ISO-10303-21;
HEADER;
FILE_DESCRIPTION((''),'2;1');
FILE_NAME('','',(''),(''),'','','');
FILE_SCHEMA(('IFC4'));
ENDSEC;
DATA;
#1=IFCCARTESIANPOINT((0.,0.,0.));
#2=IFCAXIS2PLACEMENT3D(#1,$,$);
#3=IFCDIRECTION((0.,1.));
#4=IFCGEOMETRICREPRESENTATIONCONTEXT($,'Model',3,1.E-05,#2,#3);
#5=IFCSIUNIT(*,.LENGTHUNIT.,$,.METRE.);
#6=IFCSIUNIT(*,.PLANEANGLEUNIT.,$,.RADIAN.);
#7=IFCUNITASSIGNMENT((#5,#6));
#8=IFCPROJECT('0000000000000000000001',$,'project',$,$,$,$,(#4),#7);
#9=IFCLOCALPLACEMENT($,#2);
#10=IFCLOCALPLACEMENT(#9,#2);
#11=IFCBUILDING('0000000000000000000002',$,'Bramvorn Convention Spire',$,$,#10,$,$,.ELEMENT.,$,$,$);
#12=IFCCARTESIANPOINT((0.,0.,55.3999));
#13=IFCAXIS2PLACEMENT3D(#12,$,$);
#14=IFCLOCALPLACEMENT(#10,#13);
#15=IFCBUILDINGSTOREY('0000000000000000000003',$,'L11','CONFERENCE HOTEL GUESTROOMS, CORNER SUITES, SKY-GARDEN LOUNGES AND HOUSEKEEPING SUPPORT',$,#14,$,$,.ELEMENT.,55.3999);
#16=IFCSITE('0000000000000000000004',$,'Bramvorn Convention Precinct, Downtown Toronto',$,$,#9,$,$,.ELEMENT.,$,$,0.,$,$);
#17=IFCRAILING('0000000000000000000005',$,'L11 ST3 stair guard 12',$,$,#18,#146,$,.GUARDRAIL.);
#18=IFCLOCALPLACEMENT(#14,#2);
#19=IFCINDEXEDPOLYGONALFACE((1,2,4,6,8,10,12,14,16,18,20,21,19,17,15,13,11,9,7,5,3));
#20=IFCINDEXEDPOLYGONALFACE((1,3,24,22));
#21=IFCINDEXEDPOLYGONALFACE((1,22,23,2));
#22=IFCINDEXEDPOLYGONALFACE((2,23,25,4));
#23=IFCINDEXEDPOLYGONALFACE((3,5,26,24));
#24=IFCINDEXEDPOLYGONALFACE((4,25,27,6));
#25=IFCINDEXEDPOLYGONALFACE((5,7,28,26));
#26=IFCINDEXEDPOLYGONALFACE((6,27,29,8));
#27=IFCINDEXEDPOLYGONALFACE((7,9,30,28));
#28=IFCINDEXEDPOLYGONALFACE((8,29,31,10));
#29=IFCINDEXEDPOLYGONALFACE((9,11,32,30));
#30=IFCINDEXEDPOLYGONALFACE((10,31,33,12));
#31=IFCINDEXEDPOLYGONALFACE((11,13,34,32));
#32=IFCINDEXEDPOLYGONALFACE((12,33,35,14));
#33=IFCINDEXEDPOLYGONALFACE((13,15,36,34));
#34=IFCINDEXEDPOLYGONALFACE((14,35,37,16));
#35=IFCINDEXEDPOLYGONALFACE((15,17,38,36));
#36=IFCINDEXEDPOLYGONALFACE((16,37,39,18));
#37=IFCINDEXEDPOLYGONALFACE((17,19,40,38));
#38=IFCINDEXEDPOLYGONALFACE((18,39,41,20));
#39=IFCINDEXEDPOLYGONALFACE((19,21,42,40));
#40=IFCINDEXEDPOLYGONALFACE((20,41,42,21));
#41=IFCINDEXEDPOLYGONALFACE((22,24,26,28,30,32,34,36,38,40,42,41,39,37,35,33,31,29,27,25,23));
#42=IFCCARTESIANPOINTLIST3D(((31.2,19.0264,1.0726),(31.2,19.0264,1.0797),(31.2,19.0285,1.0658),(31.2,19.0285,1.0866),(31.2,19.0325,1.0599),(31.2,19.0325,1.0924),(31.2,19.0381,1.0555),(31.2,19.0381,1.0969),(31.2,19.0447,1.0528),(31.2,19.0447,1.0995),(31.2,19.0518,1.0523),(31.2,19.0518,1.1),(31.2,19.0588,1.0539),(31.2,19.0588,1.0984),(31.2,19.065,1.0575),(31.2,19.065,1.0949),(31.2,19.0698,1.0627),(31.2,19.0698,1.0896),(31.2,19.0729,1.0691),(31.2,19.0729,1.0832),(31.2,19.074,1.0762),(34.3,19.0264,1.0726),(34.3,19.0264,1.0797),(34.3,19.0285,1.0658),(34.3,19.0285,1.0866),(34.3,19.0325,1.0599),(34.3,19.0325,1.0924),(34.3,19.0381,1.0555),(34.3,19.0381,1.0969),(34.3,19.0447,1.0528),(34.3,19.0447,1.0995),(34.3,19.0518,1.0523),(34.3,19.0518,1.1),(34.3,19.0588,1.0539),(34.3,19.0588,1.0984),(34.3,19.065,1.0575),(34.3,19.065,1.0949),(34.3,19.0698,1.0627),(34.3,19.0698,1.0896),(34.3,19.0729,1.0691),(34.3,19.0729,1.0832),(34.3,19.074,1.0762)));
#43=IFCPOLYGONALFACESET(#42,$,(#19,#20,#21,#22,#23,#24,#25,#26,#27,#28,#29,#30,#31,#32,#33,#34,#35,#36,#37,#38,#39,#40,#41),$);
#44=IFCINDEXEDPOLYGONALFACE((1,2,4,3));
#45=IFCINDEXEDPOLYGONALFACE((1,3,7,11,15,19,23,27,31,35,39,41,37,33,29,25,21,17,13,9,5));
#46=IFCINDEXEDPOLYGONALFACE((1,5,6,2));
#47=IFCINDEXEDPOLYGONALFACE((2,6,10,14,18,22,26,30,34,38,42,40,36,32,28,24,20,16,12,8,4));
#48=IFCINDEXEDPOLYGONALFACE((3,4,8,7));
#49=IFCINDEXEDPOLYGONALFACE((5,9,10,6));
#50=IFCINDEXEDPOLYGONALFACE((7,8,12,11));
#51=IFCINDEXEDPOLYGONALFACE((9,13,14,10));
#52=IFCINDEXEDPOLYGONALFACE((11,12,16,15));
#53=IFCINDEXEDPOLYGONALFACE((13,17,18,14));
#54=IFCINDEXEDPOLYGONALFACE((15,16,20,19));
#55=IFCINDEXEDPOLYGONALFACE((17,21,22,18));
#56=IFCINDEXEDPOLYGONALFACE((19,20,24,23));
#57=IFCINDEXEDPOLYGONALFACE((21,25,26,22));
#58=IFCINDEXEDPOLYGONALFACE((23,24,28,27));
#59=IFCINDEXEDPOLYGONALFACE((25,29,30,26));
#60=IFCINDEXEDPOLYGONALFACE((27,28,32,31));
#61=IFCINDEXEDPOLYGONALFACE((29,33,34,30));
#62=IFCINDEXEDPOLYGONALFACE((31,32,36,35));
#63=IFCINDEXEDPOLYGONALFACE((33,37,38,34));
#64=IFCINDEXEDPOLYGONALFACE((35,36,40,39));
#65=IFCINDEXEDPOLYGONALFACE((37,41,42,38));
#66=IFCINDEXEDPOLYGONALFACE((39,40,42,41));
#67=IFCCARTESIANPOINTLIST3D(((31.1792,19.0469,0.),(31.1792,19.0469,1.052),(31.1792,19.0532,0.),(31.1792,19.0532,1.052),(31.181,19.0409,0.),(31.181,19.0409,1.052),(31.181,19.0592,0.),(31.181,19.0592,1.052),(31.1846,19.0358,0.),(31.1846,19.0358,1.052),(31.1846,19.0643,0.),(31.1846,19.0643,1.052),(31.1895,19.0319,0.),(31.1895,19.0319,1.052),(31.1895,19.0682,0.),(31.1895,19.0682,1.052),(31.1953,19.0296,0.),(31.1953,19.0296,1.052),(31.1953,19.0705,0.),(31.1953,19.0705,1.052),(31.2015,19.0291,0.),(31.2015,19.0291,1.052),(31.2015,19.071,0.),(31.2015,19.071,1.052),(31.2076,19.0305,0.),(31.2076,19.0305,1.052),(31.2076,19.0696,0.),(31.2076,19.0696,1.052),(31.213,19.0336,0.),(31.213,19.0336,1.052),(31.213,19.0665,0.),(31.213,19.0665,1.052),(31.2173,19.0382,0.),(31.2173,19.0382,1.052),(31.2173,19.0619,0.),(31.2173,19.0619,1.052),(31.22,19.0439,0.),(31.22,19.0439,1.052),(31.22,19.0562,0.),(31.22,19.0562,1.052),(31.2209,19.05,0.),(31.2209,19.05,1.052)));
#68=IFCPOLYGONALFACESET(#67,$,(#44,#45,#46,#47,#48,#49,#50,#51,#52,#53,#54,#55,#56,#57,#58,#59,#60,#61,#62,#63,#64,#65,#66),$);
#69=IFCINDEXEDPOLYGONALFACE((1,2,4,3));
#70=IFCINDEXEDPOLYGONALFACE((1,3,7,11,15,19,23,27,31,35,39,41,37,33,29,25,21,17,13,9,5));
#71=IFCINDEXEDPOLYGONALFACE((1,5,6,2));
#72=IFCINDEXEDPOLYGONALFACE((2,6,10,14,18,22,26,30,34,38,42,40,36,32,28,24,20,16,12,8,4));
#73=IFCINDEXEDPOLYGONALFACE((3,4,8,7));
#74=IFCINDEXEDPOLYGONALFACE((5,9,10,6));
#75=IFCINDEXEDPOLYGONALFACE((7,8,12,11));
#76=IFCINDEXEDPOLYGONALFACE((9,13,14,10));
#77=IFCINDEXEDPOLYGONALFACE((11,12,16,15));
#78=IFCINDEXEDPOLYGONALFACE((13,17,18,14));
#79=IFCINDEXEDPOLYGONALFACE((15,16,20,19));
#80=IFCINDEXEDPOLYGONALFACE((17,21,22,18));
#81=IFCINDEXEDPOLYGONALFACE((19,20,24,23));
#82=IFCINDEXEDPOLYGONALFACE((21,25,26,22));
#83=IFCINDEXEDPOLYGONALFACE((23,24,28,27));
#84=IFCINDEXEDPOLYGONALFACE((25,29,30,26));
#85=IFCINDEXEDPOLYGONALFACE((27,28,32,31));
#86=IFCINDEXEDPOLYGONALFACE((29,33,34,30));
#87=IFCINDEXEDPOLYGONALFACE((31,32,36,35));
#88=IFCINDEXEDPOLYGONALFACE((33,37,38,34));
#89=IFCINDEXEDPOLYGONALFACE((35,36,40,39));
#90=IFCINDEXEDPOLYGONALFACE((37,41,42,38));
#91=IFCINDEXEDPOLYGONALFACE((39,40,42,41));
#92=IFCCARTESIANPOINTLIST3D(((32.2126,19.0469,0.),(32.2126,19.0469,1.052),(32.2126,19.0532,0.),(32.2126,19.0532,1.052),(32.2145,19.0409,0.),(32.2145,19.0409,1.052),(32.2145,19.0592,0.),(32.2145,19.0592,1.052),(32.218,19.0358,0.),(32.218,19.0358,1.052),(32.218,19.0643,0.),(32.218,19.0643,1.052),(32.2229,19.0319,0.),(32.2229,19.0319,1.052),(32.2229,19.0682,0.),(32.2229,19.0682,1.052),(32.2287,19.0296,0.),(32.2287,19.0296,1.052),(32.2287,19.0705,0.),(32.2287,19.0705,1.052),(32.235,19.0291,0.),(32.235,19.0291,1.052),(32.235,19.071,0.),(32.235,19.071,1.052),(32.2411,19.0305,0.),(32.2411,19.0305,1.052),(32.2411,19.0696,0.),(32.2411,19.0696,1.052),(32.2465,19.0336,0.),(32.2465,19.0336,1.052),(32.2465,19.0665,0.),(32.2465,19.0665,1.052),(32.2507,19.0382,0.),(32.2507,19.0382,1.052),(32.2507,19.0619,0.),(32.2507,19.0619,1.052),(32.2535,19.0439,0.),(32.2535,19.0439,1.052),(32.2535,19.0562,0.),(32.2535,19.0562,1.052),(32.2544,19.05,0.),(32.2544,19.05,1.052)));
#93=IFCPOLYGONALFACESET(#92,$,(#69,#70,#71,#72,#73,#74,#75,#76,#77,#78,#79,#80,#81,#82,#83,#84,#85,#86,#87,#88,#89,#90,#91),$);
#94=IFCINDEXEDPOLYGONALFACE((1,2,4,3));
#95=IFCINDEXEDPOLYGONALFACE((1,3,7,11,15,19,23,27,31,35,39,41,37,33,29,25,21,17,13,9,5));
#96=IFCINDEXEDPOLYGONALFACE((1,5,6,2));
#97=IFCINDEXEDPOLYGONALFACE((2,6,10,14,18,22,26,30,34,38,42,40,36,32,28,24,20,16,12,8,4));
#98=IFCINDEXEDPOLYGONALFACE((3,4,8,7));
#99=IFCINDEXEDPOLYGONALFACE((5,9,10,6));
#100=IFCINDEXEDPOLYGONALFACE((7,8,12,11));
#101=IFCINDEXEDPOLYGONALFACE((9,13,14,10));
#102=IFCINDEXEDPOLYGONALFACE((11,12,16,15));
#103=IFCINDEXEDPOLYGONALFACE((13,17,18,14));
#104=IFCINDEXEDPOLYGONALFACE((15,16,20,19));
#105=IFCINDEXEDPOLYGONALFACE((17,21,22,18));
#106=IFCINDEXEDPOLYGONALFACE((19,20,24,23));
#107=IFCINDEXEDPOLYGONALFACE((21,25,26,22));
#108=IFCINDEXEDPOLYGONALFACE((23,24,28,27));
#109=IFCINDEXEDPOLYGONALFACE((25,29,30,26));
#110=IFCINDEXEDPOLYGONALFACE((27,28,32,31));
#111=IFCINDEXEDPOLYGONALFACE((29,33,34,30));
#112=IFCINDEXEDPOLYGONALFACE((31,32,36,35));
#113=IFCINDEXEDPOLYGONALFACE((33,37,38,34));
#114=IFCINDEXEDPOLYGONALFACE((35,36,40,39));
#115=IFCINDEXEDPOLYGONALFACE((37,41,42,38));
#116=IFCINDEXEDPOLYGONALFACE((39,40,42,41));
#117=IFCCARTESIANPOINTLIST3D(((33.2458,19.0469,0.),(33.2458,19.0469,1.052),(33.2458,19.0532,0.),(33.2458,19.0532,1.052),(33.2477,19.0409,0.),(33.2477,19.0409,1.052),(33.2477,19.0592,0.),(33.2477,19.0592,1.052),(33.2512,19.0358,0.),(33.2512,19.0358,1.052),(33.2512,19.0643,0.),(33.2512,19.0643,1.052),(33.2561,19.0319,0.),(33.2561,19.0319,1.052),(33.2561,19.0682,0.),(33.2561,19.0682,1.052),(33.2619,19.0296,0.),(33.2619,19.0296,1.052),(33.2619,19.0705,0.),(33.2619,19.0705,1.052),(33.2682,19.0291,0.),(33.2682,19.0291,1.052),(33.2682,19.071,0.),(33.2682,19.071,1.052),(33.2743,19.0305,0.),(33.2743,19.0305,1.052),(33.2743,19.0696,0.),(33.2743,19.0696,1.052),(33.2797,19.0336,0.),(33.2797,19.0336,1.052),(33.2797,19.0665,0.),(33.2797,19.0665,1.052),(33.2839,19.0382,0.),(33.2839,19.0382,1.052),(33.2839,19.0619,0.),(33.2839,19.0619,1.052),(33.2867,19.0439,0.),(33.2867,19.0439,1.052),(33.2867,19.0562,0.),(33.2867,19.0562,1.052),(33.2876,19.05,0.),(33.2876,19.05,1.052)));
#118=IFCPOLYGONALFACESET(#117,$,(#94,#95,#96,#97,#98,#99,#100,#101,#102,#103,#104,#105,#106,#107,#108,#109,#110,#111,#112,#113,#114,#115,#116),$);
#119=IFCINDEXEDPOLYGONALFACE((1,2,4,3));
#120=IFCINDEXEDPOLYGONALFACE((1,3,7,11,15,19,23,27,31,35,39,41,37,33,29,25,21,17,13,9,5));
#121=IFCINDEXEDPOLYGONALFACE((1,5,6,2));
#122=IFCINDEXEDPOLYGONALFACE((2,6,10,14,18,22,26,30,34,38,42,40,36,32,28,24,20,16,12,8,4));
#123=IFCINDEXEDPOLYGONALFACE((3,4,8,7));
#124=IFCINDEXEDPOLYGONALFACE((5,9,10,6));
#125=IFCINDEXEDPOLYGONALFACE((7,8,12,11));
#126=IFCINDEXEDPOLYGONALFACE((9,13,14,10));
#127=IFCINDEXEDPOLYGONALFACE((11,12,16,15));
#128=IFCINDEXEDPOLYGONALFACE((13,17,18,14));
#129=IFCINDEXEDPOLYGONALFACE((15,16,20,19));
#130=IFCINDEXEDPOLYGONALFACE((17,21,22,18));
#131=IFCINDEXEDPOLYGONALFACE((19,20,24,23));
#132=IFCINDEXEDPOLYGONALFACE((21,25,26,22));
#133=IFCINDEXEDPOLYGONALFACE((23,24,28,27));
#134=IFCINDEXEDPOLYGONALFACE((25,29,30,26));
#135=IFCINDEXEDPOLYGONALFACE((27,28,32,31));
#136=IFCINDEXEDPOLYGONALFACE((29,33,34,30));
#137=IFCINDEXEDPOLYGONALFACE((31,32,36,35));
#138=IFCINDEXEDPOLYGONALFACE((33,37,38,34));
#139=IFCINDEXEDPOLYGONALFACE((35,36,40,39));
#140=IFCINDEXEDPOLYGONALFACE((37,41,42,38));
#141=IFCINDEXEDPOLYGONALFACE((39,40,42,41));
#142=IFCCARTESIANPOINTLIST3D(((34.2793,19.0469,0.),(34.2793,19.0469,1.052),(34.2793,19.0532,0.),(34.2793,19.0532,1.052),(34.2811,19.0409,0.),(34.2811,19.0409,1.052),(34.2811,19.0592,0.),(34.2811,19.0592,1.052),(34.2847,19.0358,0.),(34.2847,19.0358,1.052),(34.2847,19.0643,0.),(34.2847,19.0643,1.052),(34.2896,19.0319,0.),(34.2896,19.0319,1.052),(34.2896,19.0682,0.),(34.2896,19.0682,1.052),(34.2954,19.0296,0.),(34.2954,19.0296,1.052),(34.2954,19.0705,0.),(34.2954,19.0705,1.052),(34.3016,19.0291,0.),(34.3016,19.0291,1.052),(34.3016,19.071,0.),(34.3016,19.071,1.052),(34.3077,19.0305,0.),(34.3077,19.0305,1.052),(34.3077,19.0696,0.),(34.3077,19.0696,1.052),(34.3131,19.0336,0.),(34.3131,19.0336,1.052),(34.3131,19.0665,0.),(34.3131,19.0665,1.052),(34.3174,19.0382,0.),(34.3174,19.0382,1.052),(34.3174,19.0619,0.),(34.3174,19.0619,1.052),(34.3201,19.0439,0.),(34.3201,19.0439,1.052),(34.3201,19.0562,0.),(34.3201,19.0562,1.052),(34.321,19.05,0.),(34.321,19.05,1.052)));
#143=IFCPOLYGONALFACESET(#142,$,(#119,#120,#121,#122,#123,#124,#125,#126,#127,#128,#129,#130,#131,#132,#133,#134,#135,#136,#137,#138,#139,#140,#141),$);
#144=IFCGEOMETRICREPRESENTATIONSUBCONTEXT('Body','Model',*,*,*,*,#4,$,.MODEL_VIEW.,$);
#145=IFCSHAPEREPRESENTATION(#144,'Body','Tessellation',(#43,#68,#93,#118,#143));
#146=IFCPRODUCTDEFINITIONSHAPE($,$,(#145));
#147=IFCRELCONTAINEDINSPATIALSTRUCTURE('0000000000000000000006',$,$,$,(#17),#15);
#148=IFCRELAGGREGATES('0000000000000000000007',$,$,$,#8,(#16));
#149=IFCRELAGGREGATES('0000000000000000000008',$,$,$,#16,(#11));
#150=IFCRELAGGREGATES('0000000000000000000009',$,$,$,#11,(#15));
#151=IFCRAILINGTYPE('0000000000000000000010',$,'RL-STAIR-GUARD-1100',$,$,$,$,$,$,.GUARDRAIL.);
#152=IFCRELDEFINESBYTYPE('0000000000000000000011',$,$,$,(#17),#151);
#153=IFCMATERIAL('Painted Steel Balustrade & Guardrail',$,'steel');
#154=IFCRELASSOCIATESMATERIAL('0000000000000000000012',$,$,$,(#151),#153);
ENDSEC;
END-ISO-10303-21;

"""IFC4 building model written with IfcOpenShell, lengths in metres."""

from ifc_helpers import new_model, si_unit, direction, frame, origin, origin_2d, place, context, subcontext, project, spatial, circle, extrude, material, type_object, element, save


model = new_model("IFC4")

# Units and contexts
model_context = context("Model", 3, precision=1e-05, world=origin(), true_north=direction((0.0, 1.0)))
body_context = subcontext(model_context, "Body", "Model", "MODEL_VIEW")
ifc_project = project(units=[si_unit("LENGTHUNIT", "METRE"), si_unit("PLANEANGLEUNIT", "RADIAN")], contexts=[model_context])

# Site, building, storey
site_placement = place(None, origin())
site = spatial("IfcSite", under=ifc_project, at=site_placement, Name="Bramvorn Convention Precinct, Downtown Toronto", CompositionType="ELEMENT", RefElevation=0.0)
building_placement = place(site_placement, origin())
building = spatial("IfcBuilding", under=site, at=building_placement, Name="Bramvorn Convention Spire", CompositionType="ELEMENT")
storey_placement = place(building_placement, frame((0.0, 0.0, 55.3999)))
storey = spatial("IfcBuildingStorey", under=building, at=storey_placement, Name="L11", Description="CONFERENCE HOTEL GUESTROOMS, CORNER SUITES, SKY-GARDEN LOUNGES AND HOUSEKEEPING SUPPORT", CompositionType="ELEMENT", Elevation=55.3999)

# Railing
ifc_material_1 = material(Name="Painted Steel Balustrade & Guardrail", Category="steel")
railing_type = type_object("IfcRailingType", Name="RL-STAIR-GUARD-1100", PredefinedType="GUARDRAIL", material=ifc_material_1)
railing_1_placement = place(storey_placement, frame((31.2, 19.05, 0.0)))
element("IfcRailing", 1, at=railing_1_placement, inside=storey, type_object=railing_type, Name="L11 ST3 stair guard 12", PredefinedType="GUARDRAIL", context=body_context, shape_type="SweptSolid", body=[
    extrude(circle(Radius=0.0239, at=origin_2d()), frame((0.0, 0.0, 1.0762), z_axis=(1.0, 0.0, 0.0), x_axis=(0.0, 1.0, 0.0)), (0.0, 0.0, 1.0), 3.1001),
    extrude(circle(Radius=0.021, at=origin_2d()), origin(), (0.0, 0.0, 1.0), 1.052),
    extrude(circle(Radius=0.021, at=origin_2d()), frame((1.0334, 0.0, 0.0)), (0.0, 0.0, 1.0), 1.052),
    extrude(circle(Radius=0.021, at=origin_2d()), frame((2.0667, 0.0, 0.0)), (0.0, 0.0, 1.0), 1.052),
    extrude(circle(Radius=0.021, at=origin_2d()), frame((3.1001, 0.0, 0.0)), (0.0, 0.0, 1.0), 1.052),
])

save(model, "model.ifc")
